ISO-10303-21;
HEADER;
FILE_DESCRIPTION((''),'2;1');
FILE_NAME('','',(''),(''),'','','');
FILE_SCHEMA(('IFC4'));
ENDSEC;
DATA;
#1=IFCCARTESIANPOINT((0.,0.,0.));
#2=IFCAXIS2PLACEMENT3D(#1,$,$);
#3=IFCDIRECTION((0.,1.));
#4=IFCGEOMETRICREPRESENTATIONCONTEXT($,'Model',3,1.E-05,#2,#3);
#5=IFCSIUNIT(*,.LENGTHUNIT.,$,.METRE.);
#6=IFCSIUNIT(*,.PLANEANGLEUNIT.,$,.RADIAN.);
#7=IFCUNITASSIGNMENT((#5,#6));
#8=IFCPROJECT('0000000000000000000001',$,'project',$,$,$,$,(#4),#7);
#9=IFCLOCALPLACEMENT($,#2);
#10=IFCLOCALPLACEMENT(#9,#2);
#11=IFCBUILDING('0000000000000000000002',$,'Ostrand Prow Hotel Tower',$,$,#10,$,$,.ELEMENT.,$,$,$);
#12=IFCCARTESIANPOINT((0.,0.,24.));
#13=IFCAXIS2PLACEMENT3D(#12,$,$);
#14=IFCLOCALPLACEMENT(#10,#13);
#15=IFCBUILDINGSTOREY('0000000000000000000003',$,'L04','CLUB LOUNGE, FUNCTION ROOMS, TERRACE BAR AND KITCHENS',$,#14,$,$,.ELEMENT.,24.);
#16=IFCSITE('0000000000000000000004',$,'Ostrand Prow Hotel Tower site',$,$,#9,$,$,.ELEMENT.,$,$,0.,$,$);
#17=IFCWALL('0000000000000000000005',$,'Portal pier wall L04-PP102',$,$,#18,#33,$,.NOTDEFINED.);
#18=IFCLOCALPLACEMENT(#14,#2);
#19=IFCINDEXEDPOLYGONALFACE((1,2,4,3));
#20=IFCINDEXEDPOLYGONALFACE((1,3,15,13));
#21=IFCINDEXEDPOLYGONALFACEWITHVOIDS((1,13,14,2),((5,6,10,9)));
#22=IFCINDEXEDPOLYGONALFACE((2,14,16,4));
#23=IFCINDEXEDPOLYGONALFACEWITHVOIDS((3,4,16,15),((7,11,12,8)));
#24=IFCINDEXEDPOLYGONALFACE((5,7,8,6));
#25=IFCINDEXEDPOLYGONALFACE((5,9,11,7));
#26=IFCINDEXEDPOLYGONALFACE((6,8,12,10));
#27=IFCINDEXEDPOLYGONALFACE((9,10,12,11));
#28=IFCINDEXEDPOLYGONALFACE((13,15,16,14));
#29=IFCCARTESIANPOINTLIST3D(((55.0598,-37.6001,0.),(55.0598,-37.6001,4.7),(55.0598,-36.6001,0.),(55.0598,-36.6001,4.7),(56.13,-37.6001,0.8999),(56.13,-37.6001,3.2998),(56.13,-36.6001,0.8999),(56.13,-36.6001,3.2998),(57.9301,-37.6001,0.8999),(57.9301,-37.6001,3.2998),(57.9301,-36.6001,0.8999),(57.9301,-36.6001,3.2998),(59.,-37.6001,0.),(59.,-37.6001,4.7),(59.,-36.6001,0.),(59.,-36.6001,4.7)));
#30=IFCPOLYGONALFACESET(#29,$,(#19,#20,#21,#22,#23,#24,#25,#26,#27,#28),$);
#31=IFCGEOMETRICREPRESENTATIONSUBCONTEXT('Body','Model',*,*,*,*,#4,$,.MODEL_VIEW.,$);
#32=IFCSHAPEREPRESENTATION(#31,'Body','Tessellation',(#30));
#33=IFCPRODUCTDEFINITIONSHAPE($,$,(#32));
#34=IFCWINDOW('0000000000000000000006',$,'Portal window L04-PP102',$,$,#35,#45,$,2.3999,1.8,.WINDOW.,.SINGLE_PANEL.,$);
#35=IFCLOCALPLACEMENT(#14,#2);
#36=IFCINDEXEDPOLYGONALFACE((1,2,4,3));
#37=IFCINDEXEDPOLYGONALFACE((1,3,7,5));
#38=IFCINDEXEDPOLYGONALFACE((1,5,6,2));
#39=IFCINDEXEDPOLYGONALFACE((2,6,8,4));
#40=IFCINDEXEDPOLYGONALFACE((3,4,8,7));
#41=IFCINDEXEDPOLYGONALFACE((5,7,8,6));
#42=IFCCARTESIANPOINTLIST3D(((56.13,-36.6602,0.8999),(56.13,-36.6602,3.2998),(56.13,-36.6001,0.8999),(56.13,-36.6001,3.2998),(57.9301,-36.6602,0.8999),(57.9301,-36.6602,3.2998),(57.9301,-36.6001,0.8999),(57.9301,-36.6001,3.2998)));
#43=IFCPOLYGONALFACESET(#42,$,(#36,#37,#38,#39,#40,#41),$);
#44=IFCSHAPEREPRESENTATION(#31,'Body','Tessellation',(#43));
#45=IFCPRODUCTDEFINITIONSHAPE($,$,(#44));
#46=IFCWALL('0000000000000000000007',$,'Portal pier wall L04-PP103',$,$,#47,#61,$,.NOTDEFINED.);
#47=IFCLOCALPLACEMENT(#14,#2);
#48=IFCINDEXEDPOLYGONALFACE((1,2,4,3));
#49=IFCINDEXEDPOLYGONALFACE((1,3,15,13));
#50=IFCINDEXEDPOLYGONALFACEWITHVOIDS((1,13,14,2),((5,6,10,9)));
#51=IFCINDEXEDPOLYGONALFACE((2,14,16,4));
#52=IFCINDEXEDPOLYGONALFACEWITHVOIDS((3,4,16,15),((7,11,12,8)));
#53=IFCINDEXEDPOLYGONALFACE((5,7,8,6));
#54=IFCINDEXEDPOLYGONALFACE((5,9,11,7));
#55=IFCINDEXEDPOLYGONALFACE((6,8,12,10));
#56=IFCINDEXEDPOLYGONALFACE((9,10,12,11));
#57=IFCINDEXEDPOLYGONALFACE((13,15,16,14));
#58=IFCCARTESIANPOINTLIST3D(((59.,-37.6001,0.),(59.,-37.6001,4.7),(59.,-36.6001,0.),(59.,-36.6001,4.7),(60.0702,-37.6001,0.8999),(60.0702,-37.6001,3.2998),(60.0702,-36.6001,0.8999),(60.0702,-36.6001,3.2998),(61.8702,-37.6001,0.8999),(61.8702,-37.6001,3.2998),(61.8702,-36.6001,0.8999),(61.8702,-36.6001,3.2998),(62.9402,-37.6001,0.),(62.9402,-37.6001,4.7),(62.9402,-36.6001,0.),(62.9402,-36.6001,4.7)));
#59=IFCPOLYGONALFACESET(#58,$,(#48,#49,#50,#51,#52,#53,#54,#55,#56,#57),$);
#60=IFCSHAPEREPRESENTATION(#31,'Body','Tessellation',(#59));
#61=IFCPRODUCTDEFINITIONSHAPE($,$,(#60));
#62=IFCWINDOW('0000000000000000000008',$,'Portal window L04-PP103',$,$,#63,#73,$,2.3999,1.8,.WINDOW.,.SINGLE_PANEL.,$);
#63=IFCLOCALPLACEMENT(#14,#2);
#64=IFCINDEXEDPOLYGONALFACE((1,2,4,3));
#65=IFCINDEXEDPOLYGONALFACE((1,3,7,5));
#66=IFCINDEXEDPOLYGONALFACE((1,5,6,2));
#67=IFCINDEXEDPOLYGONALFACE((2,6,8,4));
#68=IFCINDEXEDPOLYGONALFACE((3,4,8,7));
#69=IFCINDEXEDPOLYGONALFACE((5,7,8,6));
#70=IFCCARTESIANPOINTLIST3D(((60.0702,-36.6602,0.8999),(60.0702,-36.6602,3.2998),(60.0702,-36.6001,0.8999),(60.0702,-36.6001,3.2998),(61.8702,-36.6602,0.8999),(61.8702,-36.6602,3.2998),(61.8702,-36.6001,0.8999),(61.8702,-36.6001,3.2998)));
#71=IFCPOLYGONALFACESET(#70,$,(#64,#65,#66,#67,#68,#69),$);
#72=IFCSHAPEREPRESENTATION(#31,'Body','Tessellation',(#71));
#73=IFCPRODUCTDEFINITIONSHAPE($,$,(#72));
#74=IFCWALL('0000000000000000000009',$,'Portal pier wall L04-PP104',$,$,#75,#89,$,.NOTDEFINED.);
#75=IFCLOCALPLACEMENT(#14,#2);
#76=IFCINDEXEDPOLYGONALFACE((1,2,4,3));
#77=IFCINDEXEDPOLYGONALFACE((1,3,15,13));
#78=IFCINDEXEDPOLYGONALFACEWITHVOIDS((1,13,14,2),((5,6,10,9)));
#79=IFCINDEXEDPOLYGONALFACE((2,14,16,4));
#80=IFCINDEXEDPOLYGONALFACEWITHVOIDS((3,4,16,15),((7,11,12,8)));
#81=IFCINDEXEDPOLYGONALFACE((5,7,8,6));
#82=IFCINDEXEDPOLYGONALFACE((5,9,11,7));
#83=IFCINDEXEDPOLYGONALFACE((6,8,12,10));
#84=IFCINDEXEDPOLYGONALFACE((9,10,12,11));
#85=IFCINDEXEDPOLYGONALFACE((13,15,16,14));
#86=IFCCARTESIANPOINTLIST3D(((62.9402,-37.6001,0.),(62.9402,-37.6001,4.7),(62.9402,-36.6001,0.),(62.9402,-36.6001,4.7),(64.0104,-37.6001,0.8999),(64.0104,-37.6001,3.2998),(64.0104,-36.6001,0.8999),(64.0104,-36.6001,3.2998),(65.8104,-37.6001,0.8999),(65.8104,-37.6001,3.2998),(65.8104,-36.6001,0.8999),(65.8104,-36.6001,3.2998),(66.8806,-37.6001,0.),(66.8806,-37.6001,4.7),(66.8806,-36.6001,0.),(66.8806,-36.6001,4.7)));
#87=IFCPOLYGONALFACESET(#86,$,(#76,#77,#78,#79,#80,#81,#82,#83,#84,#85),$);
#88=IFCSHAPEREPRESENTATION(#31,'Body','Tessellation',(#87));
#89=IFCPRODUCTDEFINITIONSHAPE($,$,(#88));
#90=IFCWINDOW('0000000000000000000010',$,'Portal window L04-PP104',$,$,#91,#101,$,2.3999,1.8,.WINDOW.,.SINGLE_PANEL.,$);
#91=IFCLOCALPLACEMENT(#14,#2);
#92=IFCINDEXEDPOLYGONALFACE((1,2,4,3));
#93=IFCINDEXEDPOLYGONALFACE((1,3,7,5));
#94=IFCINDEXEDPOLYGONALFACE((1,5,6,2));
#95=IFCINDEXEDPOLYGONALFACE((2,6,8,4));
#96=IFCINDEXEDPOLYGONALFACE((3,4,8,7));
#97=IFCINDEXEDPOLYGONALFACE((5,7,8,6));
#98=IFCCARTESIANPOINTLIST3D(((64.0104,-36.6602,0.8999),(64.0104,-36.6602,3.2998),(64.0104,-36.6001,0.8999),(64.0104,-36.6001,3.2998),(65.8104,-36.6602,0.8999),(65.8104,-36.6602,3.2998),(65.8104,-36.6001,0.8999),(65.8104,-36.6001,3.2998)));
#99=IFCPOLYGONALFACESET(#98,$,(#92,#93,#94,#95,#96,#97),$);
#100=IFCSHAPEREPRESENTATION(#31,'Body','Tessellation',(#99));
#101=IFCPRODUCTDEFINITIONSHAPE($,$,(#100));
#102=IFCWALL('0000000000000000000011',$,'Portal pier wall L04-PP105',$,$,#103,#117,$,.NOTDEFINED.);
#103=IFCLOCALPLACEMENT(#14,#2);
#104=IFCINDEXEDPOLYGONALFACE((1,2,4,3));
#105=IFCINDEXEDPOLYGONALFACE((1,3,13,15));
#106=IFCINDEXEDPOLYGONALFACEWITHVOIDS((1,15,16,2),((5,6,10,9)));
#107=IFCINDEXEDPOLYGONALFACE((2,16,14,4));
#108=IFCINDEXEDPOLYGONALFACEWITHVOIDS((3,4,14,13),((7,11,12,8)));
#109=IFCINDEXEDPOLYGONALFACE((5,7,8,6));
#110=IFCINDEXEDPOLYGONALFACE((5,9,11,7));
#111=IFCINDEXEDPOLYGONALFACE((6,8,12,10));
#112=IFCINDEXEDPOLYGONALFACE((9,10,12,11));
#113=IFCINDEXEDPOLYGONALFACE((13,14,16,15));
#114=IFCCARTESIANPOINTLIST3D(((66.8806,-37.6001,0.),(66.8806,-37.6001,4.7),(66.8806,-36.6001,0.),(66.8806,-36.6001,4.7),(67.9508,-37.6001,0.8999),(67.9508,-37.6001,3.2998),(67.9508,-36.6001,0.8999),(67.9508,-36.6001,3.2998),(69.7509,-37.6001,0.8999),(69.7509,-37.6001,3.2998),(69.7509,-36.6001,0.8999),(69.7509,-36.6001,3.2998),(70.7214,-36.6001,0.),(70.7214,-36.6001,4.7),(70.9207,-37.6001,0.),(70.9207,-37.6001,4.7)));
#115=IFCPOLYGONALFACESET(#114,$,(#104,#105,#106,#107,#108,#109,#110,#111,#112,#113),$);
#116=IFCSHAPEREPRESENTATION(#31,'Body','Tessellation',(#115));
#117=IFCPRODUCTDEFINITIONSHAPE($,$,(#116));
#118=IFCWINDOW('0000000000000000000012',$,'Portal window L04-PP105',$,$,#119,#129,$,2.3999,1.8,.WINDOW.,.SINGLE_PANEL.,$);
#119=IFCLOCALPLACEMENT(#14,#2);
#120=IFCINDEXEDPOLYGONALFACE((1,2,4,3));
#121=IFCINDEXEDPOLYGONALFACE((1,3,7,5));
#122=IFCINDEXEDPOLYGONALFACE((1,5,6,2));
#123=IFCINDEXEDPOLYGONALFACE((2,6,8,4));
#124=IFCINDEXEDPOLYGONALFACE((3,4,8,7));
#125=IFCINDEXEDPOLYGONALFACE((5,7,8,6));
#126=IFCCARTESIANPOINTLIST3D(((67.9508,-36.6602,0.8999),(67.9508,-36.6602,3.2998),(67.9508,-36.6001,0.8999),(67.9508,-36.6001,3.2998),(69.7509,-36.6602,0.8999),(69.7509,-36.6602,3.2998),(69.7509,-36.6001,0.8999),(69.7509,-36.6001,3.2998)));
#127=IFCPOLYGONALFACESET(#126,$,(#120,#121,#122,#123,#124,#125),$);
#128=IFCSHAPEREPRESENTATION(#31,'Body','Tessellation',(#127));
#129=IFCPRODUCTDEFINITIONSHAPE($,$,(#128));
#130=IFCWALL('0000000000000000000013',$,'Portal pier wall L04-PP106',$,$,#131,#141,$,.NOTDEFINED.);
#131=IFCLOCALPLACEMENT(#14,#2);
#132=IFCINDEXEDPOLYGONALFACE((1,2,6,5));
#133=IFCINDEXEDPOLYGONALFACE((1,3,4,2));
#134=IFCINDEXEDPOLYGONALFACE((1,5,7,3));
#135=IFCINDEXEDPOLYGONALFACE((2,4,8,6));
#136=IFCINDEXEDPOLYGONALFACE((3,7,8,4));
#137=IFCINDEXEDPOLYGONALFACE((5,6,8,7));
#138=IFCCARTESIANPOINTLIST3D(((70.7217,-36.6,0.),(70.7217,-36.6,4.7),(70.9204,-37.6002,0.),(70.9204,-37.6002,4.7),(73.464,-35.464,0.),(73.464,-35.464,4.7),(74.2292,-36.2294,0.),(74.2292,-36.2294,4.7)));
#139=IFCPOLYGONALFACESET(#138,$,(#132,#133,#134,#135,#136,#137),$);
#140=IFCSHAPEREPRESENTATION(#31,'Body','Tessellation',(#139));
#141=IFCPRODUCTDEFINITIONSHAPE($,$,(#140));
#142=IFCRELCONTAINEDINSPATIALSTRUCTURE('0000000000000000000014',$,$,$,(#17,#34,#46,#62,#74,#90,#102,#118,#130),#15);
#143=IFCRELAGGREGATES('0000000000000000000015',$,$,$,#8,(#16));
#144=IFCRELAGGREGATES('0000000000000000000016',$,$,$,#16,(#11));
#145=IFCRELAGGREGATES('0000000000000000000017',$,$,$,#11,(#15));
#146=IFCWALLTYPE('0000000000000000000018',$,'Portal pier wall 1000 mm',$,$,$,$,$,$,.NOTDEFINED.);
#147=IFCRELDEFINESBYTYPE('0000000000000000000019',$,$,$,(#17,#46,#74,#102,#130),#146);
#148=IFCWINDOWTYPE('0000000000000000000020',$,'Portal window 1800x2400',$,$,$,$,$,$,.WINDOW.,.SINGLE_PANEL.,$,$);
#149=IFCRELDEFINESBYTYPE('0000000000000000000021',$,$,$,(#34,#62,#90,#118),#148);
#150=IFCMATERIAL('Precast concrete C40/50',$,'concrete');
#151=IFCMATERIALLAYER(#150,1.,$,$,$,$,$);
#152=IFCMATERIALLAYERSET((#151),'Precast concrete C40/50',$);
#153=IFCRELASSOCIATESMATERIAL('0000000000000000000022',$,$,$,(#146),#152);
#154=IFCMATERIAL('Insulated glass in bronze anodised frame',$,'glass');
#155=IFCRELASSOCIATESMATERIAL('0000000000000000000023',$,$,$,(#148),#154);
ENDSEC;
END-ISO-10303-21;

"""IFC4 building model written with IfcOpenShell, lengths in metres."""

from ifc_helpers import new_model, si_unit, direction, frame, frame_2d, origin, place, context, subcontext, project, spatial, polyline, rectangle, outline, extrude, material, layer, layer_set, type_object, element, fill, save


model = new_model("IFC4")

# Units and contexts
model_context = context("Model", 3, precision=1e-05, world=origin(), true_north=direction((0.0, 1.0)))
body_context = subcontext(model_context, "Body", "Model", "MODEL_VIEW")
ifc_project = project(units=[si_unit("LENGTHUNIT", "METRE"), si_unit("PLANEANGLEUNIT", "RADIAN")], contexts=[model_context])

# Site, building, storey
site_placement = place(None, origin())
site = spatial("IfcSite", under=ifc_project, at=site_placement, Name="Ostrand Prow Hotel Tower site", CompositionType="ELEMENT", RefElevation=0.0)
building_placement = place(site_placement, origin())
building = spatial("IfcBuilding", under=site, at=building_placement, Name="Ostrand Prow Hotel Tower", CompositionType="ELEMENT")
storey_placement = place(building_placement, frame((0.0, 0.0, 24.0)))
storey = spatial("IfcBuildingStorey", under=building, at=storey_placement, Name="L04", Description="CLUB LOUNGE, FUNCTION ROOMS, TERRACE BAR AND KITCHENS", CompositionType="ELEMENT", Elevation=24.0)

# Walls, openings, windows
ifc_material_1 = material(Name="Precast concrete C40/50", Category="concrete")
ifc_layer_1 = layer(ifc_material_1, 1.0)
ifc_layer_set_1 = layer_set([ifc_layer_1], Name="Precast concrete C40/50")
wall_type_1 = type_object("IfcWallType", Name="Portal pier wall 1000 mm", PredefinedType="NOTDEFINED", material=ifc_layer_set_1)
ifc_material_2 = material(Name="Insulated glass in bronze anodised frame", Category="glass")
window_type = type_object("IfcWindowType", Name="Portal window 1800x2400", PartitioningType="SINGLE_PANEL", PredefinedType="WINDOW", material=ifc_material_2)
wall_1_placement = place(storey_placement, frame((55.0598, -37.1001, 0.0), z_axis=(0.0, 0.0, 1.0), x_axis=(1.0, 0.0, 0.0)))
wall_1 = element("IfcWall", 1, at=wall_1_placement, inside=storey, type_object=wall_type_1, Name="Portal pier wall L04-PP102", PredefinedType="NOTDEFINED", context=body_context, shape_type="SweptSolid", body=[
    extrude(outline(polyline([(0.0, -0.5), (3.9402, -0.5), (3.9402, 0.5), (0.0, 0.5), (0.0, -0.5)])), origin(), (0.0, 0.0, 1.0), 4.7),
])
opening_1_placement = place(wall_1_placement, frame((1.0703, 0.0, 0.8999)))
opening_1 = element("IfcOpeningElement", 2, at=opening_1_placement, cuts=wall_1, PredefinedType="OPENING", context=body_context, shape_type="SweptSolid", body=[
    extrude(rectangle(XDim=1.8, YDim=2.3999, at=frame_2d((0.8999, 1.2))), frame((0.0, 0.51, 0.0), z_axis=(0.0, -1.0, 0.0), x_axis=(1.0, 0.0, 0.0)), (0.0, 0.0, 1.0), 1.02),
])
window_1_placement = place(opening_1_placement, origin())
window_1 = element("IfcWindow", 3, at=window_1_placement, inside=storey, type_object=window_type, Name="Portal window L04-PP102", OverallHeight=2.3999, OverallWidth=1.8, PartitioningType="SINGLE_PANEL", PredefinedType="WINDOW", context=body_context, shape_type="SweptSolid", body=[
    extrude(rectangle(XDim=1.8, YDim=2.3999, at=frame_2d((0.8999, 1.2))), frame((0.0, 0.5, 0.0), z_axis=(0.0, -1.0, 0.0), x_axis=(1.0, 0.0, 0.0)), (0.0, 0.0, 1.0), 0.0601),
])
fill(opening_1, window_1)
wall_2_placement = place(storey_placement, frame((59.0, -37.1001, 0.0), z_axis=(0.0, 0.0, 1.0), x_axis=(1.0, 0.0, 0.0)))
wall_2 = element("IfcWall", 4, at=wall_2_placement, inside=storey, type_object=wall_type_1, Name="Portal pier wall L04-PP103", PredefinedType="NOTDEFINED", context=body_context, shape_type="SweptSolid", body=[
    extrude(outline(polyline([(0.0, -0.5), (3.9402, -0.5), (3.9402, 0.5), (0.0, 0.5), (0.0, -0.5)])), origin(), (0.0, 0.0, 1.0), 4.7),
])
opening_2_placement = place(wall_2_placement, frame((1.0703, 0.0, 0.8999)))
opening_2 = element("IfcOpeningElement", 5, at=opening_2_placement, cuts=wall_2, PredefinedType="OPENING", context=body_context, shape_type="SweptSolid", body=[
    extrude(rectangle(XDim=1.8, YDim=2.3999, at=frame_2d((0.8999, 1.2))), frame((0.0, 0.51, 0.0), z_axis=(0.0, -1.0, 0.0), x_axis=(1.0, 0.0, 0.0)), (0.0, 0.0, 1.0), 1.02),
])
window_2_placement = place(opening_2_placement, origin())
window_2 = element("IfcWindow", 6, at=window_2_placement, inside=storey, type_object=window_type, Name="Portal window L04-PP103", OverallHeight=2.3999, OverallWidth=1.8, PartitioningType="SINGLE_PANEL", PredefinedType="WINDOW", context=body_context, shape_type="SweptSolid", body=[
    extrude(rectangle(XDim=1.8, YDim=2.3999, at=frame_2d((0.8999, 1.2))), frame((0.0, 0.5, 0.0), z_axis=(0.0, -1.0, 0.0), x_axis=(1.0, 0.0, 0.0)), (0.0, 0.0, 1.0), 0.0601),
])
fill(opening_2, window_2)
wall_3_placement = place(storey_placement, frame((62.9402, -37.1001, 0.0), z_axis=(0.0, 0.0, 1.0), x_axis=(1.0, 0.0, 0.0)))
wall_3 = element("IfcWall", 7, at=wall_3_placement, inside=storey, type_object=wall_type_1, Name="Portal pier wall L04-PP104", PredefinedType="NOTDEFINED", context=body_context, shape_type="SweptSolid", body=[
    extrude(outline(polyline([(0.0, -0.5), (3.9404, -0.5), (3.9404, 0.5), (0.0, 0.5), (0.0, -0.5)])), origin(), (0.0, 0.0, 1.0), 4.7),
])
opening_3_placement = place(wall_3_placement, frame((1.0703, 0.0, 0.8999)))
opening_3 = element("IfcOpeningElement", 8, at=opening_3_placement, cuts=wall_3, PredefinedType="OPENING", context=body_context, shape_type="SweptSolid", body=[
    extrude(rectangle(XDim=1.8, YDim=2.3999, at=frame_2d((0.8999, 1.2))), frame((0.0, 0.51, 0.0), z_axis=(0.0, -1.0, 0.0), x_axis=(1.0, 0.0, 0.0)), (0.0, 0.0, 1.0), 1.02),
])
window_3_placement = place(opening_3_placement, origin())
window_3 = element("IfcWindow", 9, at=window_3_placement, inside=storey, type_object=window_type, Name="Portal window L04-PP104", OverallHeight=2.3999, OverallWidth=1.8, PartitioningType="SINGLE_PANEL", PredefinedType="WINDOW", context=body_context, shape_type="SweptSolid", body=[
    extrude(rectangle(XDim=1.8, YDim=2.3999, at=frame_2d((0.8999, 1.2))), frame((0.0, 0.5, 0.0), z_axis=(0.0, -1.0, 0.0), x_axis=(1.0, 0.0, 0.0)), (0.0, 0.0, 1.0), 0.0601),
])
fill(opening_3, window_3)
wall_4_placement = place(storey_placement, frame((66.8806, -37.1001, 0.0), z_axis=(0.0, 0.0, 1.0), x_axis=(1.0, 0.0, 0.0)))
wall_4 = element("IfcWall", 10, at=wall_4_placement, inside=storey, type_object=wall_type_1, Name="Portal pier wall L04-PP105", PredefinedType="NOTDEFINED", context=body_context, shape_type="SweptSolid", body=[
    extrude(outline(polyline([(0.0, -0.5), (4.04, -0.5), (3.8408, 0.5), (0.0, 0.5), (0.0, -0.5)])), origin(), (0.0, 0.0, 1.0), 4.7),
])
opening_4_placement = place(wall_4_placement, frame((1.0703, 0.0, 0.8999)))
opening_4 = element("IfcOpeningElement", 11, at=opening_4_placement, cuts=wall_4, PredefinedType="OPENING", context=body_context, shape_type="SweptSolid", body=[
    extrude(rectangle(XDim=1.8, YDim=2.3999, at=frame_2d((0.8999, 1.2))), frame((0.0, 0.51, 0.0), z_axis=(0.0, -1.0, 0.0), x_axis=(1.0, 0.0, 0.0)), (0.0, 0.0, 1.0), 1.02),
])
window_4_placement = place(opening_4_placement, origin())
window_4 = element("IfcWindow", 12, at=window_4_placement, inside=storey, type_object=window_type, Name="Portal window L04-PP105", OverallHeight=2.3999, OverallWidth=1.8, PartitioningType="SINGLE_PANEL", PredefinedType="WINDOW", context=body_context, shape_type="SweptSolid", body=[
    extrude(rectangle(XDim=1.8, YDim=2.3999, at=frame_2d((0.8999, 1.2))), frame((0.0, 0.5, 0.0), z_axis=(0.0, -1.0, 0.0), x_axis=(1.0, 0.0, 0.0)), (0.0, 0.0, 1.0), 0.0601),
])
fill(opening_4, window_4)

# Wall
wall_5_placement = place(storey_placement, frame((70.821, -37.1001, 0.0), z_axis=(0.0, 0.0, 1.0), x_axis=(0.923862, 0.382725, 0.0)))
element("IfcWall", 13, at=wall_5_placement, inside=storey, type_object=wall_type_1, Name="Portal pier wall L04-PP106", PredefinedType="NOTDEFINED", context=body_context, shape_type="SweptSolid", body=[
    extrude(outline(polyline([(-0.0996, -0.5), (3.4819, -0.5), (3.0679, 0.5), (0.0996, 0.5), (-0.0996, -0.5)])), origin(), (0.0, 0.0, 1.0), 4.7),
])

save(model, "model.ifc")
